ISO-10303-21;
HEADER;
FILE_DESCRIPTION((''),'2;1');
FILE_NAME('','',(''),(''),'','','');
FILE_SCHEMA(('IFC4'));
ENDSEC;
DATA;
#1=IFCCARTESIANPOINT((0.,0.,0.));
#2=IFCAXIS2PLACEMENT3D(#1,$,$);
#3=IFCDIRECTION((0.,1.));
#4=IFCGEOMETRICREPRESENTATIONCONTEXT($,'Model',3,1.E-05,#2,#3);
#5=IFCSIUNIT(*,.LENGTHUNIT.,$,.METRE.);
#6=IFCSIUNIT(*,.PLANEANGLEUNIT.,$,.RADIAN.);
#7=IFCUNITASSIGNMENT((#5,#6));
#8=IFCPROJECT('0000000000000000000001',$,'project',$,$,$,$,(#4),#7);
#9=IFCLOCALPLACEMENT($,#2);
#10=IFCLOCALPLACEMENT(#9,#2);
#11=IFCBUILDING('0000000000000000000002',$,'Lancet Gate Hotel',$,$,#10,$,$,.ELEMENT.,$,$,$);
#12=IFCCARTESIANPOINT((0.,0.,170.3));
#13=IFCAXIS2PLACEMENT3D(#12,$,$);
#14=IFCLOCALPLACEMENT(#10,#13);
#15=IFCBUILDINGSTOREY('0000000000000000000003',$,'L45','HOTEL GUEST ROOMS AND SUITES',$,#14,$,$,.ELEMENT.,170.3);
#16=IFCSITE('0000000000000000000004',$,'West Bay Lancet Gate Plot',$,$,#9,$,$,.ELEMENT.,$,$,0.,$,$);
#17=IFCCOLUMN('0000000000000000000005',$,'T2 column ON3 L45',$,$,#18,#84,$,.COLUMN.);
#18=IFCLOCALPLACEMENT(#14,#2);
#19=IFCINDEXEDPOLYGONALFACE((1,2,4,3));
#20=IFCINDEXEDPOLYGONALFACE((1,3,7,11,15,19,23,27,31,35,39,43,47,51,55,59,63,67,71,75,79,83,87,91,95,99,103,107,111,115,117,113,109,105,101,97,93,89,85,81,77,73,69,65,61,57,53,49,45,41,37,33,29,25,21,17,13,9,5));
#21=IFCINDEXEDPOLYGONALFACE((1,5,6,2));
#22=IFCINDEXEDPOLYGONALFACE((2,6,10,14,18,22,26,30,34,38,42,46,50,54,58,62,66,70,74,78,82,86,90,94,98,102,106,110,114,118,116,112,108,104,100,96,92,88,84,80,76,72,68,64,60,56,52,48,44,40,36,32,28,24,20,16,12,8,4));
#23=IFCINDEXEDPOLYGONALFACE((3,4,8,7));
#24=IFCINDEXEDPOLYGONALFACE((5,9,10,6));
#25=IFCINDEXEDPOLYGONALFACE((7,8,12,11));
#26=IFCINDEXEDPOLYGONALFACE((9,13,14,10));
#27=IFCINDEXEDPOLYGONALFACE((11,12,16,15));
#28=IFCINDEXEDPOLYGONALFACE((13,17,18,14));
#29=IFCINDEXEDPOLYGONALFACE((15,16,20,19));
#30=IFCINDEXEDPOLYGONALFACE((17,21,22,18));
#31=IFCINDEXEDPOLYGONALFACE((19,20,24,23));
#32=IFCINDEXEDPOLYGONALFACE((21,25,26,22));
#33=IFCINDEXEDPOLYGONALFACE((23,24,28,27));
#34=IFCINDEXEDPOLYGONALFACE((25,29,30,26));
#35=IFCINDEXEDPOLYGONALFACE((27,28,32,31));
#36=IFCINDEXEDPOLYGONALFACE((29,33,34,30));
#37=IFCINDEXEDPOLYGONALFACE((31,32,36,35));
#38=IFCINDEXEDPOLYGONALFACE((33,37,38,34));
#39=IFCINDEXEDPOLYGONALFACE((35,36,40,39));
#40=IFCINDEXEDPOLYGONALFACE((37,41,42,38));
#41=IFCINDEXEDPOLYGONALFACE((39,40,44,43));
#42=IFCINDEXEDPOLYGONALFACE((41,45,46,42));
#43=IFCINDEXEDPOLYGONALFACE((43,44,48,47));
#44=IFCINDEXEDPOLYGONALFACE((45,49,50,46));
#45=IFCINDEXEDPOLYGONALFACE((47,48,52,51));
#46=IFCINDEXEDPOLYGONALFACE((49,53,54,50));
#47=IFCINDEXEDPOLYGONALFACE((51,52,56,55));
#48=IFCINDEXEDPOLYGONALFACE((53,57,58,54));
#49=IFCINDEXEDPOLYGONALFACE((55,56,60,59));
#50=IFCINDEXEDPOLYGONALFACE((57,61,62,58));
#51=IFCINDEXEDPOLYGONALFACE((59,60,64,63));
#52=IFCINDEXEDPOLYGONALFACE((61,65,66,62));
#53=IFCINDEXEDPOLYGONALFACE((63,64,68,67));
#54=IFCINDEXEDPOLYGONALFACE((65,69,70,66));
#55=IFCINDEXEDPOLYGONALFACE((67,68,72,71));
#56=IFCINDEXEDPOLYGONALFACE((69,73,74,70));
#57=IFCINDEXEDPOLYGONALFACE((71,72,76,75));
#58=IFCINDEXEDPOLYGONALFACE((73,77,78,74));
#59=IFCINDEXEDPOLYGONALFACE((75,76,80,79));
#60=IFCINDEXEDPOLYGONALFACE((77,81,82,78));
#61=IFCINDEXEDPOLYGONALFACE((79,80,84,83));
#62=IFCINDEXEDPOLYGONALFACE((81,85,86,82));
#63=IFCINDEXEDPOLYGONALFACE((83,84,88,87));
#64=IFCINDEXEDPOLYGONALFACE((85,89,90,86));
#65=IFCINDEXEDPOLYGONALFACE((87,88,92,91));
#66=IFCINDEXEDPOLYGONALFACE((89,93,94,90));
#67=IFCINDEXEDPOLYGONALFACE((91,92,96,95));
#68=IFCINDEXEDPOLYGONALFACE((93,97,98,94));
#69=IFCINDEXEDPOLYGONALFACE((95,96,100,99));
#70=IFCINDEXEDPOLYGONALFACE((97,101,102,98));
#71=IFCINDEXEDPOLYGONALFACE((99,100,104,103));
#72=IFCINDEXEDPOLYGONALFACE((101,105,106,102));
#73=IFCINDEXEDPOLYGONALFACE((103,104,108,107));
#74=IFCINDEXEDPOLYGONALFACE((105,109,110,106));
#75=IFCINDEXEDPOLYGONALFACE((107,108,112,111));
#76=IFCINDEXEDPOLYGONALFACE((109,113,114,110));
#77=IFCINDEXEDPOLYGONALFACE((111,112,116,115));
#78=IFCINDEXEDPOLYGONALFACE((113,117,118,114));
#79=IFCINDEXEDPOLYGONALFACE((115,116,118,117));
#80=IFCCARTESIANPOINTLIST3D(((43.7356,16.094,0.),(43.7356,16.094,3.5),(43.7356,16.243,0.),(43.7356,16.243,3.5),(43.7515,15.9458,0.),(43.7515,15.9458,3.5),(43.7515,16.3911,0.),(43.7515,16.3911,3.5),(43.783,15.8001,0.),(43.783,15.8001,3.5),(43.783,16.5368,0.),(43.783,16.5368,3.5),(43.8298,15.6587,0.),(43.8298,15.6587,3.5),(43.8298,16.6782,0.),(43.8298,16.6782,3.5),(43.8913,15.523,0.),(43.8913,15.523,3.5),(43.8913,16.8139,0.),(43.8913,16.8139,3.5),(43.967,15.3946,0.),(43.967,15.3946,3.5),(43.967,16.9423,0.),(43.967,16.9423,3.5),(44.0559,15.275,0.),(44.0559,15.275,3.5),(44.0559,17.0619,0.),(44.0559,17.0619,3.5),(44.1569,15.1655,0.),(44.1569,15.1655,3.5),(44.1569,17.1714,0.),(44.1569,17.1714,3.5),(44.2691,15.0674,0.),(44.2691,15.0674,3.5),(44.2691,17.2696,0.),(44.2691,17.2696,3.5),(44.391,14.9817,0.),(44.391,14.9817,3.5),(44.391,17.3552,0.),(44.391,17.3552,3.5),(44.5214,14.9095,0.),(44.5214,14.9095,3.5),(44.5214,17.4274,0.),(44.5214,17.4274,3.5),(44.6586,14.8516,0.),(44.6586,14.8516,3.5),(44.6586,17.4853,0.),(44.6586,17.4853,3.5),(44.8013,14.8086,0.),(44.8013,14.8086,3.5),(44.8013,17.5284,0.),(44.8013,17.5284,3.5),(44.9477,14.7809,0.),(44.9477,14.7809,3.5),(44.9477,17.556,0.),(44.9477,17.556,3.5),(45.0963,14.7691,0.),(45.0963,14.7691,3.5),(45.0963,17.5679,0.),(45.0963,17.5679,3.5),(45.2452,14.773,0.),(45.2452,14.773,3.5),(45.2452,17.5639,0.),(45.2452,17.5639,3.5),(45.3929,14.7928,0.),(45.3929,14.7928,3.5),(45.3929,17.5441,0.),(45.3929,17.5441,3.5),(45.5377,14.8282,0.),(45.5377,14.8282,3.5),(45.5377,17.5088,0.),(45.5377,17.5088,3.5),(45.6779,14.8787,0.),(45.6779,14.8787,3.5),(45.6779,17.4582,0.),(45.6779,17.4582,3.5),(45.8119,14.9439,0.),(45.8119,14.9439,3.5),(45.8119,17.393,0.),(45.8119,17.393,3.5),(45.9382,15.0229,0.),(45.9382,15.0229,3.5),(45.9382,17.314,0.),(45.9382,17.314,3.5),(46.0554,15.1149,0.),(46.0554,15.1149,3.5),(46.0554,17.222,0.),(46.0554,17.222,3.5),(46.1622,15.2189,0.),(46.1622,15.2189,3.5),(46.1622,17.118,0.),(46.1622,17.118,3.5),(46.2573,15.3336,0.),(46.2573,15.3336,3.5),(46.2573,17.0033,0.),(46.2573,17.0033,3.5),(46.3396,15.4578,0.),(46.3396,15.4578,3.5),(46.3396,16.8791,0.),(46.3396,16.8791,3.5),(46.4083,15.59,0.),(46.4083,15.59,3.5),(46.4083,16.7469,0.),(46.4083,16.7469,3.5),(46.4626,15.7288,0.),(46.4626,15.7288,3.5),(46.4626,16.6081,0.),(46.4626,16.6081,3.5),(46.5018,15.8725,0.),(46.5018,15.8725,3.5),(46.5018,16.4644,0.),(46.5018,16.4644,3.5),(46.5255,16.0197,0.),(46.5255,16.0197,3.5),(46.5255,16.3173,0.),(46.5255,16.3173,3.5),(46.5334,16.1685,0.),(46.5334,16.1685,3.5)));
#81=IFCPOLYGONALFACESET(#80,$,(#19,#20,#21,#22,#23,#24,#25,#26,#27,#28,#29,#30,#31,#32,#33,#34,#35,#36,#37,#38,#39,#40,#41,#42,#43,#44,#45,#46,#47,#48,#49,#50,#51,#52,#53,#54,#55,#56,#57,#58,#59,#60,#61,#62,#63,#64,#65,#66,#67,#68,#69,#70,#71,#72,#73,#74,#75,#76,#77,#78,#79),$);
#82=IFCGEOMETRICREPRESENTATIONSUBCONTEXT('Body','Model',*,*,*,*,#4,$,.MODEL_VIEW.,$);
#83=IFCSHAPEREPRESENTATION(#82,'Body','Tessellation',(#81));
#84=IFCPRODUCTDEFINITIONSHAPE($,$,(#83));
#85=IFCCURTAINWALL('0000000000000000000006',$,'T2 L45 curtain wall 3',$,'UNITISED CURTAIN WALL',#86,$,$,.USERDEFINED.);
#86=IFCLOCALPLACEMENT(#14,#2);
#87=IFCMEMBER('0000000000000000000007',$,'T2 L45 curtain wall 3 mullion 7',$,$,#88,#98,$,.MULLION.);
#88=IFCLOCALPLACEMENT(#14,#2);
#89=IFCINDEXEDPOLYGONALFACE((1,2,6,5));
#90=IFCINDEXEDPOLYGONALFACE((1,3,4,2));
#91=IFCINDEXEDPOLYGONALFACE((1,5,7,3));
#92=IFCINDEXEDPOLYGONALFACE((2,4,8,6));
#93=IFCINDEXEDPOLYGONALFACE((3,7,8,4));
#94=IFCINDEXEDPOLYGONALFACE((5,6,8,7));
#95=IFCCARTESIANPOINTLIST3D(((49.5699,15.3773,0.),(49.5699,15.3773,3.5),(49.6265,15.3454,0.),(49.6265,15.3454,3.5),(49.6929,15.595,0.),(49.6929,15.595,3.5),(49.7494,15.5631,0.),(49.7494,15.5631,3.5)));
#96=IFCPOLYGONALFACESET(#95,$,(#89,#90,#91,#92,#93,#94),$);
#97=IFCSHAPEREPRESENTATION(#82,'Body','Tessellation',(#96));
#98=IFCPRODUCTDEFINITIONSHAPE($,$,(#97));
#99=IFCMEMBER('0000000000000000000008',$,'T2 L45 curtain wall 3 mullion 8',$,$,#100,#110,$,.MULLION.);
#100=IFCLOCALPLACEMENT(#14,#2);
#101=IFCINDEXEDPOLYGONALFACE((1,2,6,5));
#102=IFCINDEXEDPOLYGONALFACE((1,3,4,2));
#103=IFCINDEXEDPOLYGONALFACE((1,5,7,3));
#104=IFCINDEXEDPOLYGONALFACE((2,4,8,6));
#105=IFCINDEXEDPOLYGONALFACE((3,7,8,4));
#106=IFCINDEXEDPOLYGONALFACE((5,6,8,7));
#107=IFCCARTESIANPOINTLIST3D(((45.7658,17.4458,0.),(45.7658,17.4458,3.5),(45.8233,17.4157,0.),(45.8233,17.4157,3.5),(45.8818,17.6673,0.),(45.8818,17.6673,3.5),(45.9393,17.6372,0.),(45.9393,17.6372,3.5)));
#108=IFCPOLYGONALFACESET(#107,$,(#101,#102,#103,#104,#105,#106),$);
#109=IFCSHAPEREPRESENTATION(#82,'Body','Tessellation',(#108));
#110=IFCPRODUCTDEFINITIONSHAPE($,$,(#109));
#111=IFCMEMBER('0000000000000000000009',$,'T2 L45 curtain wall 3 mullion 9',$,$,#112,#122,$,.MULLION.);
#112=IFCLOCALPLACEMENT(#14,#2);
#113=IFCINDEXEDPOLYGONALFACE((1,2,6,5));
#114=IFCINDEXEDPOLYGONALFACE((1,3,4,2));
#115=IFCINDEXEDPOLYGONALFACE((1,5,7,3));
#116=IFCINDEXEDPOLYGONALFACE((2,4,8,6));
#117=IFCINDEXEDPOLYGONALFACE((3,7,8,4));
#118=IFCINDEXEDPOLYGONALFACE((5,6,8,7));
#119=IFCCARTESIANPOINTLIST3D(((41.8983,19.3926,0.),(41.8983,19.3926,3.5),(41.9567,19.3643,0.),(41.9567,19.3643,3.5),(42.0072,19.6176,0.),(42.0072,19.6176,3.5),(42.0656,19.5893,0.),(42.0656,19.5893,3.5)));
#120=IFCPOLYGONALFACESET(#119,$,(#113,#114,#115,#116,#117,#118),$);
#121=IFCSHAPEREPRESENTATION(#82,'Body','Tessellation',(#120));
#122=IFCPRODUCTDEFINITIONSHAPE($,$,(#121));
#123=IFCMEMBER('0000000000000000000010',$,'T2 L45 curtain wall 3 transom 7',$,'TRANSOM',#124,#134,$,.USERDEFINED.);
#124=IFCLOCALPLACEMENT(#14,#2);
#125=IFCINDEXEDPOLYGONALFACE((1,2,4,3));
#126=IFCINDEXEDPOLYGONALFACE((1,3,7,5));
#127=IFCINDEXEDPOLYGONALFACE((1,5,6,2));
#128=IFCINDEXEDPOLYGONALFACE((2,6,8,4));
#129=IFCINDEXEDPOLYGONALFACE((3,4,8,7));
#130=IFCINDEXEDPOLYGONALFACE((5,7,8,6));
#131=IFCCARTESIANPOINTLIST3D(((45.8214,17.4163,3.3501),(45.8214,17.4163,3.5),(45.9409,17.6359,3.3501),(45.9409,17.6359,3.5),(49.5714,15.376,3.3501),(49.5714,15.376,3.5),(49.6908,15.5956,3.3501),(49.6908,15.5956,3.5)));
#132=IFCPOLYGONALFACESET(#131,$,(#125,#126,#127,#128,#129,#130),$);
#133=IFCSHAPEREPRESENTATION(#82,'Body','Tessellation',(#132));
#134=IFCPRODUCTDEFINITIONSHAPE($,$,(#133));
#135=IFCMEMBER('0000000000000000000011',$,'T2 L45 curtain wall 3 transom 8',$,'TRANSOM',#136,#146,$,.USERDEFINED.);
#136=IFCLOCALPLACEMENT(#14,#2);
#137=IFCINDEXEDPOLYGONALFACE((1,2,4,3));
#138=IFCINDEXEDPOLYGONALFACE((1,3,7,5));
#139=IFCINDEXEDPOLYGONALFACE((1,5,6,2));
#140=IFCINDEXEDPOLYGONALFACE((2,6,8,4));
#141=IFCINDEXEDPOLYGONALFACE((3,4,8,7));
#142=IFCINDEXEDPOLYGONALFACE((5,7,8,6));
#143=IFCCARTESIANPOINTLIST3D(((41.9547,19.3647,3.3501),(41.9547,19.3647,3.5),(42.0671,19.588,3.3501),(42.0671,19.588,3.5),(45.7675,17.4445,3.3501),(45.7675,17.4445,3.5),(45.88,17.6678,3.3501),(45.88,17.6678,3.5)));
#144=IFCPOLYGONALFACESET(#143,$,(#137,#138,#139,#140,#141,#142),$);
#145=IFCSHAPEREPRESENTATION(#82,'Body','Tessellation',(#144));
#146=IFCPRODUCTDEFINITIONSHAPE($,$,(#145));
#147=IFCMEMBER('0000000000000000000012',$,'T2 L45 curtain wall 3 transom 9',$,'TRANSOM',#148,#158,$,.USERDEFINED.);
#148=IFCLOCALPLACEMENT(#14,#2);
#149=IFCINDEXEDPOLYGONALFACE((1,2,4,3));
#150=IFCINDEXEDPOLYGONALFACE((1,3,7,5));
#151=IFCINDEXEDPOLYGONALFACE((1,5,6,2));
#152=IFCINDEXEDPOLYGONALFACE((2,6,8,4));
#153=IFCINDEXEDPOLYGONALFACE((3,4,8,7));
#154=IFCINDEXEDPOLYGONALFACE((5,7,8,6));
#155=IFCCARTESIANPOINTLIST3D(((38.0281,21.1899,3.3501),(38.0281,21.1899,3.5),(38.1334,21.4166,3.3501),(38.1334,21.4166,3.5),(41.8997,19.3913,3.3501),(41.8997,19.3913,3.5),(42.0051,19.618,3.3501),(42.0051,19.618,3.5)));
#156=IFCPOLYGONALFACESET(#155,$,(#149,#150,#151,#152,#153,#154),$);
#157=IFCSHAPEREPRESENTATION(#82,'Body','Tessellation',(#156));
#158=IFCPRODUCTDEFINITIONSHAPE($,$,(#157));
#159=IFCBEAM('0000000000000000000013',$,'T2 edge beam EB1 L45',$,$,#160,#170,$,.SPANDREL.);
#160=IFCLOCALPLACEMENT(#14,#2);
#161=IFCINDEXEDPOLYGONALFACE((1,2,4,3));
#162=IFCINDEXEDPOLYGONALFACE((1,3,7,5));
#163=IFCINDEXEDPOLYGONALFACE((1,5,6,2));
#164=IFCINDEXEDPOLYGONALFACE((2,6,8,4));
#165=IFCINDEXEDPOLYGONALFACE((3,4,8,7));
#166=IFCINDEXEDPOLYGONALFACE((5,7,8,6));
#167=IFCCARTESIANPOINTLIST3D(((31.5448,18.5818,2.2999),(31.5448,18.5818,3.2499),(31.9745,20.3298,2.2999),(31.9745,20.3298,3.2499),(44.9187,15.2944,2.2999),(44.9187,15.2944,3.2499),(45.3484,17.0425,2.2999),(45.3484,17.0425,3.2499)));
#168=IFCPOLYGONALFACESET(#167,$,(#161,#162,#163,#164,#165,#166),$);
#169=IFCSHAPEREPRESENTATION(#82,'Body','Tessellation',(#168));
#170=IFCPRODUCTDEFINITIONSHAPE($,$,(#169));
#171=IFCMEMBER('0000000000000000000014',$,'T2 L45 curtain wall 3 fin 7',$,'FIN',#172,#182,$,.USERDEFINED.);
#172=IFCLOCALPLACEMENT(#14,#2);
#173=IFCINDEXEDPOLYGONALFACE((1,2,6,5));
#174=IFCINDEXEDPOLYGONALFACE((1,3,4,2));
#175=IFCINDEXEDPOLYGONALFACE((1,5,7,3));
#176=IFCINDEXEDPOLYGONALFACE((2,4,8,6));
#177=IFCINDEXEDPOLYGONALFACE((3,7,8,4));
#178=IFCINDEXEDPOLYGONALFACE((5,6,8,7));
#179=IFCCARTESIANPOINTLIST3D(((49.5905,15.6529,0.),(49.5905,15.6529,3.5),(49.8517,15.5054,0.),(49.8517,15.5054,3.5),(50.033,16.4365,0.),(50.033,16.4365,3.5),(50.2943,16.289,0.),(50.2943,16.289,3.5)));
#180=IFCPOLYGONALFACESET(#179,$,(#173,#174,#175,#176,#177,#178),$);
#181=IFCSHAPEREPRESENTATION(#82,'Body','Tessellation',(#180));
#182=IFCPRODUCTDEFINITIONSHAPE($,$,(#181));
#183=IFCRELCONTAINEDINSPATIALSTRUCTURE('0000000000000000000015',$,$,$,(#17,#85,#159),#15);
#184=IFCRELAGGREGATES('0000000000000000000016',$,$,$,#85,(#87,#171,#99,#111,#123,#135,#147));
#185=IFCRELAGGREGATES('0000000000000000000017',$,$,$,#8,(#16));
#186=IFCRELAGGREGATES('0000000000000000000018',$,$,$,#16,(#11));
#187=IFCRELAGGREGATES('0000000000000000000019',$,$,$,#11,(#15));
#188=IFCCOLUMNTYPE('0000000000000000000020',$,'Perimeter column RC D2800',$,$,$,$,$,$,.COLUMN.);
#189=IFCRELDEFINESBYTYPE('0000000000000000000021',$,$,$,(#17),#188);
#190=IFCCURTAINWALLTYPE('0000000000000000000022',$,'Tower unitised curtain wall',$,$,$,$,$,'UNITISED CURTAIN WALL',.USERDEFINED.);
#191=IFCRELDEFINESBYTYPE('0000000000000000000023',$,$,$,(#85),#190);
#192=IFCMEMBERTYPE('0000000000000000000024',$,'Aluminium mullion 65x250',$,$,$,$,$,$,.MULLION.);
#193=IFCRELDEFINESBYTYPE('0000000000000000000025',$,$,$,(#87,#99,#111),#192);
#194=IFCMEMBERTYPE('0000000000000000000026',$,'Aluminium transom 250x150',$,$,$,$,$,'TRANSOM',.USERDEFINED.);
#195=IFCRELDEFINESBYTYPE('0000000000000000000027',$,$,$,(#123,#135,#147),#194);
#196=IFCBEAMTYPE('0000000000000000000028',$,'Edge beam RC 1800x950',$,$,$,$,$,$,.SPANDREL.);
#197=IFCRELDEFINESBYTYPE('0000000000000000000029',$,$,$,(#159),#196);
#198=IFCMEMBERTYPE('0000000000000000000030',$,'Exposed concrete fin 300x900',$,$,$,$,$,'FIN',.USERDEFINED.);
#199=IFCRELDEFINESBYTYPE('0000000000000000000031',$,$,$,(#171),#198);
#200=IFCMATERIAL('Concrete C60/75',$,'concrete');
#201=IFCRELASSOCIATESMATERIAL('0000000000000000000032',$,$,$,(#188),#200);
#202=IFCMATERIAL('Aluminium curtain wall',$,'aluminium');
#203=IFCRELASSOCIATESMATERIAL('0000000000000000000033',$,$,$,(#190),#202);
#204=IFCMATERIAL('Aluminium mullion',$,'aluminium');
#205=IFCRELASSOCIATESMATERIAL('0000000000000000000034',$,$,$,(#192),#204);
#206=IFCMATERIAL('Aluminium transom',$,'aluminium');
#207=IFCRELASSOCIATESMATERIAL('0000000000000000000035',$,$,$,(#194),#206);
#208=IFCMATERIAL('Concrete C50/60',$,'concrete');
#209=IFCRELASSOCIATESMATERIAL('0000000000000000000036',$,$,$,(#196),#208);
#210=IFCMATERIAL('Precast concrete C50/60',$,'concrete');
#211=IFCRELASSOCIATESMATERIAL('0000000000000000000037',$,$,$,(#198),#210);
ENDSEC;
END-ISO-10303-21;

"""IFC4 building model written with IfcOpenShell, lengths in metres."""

from ifc_helpers import new_model, si_unit, direction, frame, origin, origin_2d, place, context, subcontext, project, spatial, rectangle, circle, extrude, material, material_profile, profile_set, type_object, element, aggregate, save


model = new_model("IFC4")

# Units and contexts
model_context = context("Model", 3, precision=1e-05, world=origin(), true_north=direction((0.0, 1.0)))
body_context = subcontext(model_context, "Body", "Model", "MODEL_VIEW")
ifc_project = project(units=[si_unit("LENGTHUNIT", "METRE"), si_unit("PLANEANGLEUNIT", "RADIAN")], contexts=[model_context])

# Site, building, storey
site_placement = place(None, origin())
site = spatial("IfcSite", under=ifc_project, at=site_placement, Name="West Bay Lancet Gate Plot", CompositionType="ELEMENT", RefElevation=0.0)
building_placement = place(site_placement, origin())
building = spatial("IfcBuilding", under=site, at=building_placement, Name="Lancet Gate Hotel", CompositionType="ELEMENT")
storey_placement = place(building_placement, frame((0.0, 0.0, 170.3)))
storey = spatial("IfcBuildingStorey", under=building, at=storey_placement, Name="L45", Description="HOTEL GUEST ROOMS AND SUITES", CompositionType="ELEMENT", Elevation=170.3)

# Column
ifc_material_1 = material(Name="Concrete C60/75", Category="concrete")
ifc_material_profile_1 = material_profile(ifc_material_1, circle(Radius=1.3999, at=origin_2d()), Name="RC D2800")
ifc_profile_set_1 = profile_set([ifc_material_profile_1], Name="Concrete C60/75")
column_type = type_object("IfcColumnType", Name="Perimeter column RC D2800", PredefinedType="COLUMN", material=ifc_profile_set_1)
column_placement = place(storey_placement, frame((45.1335, 16.1685, 0.0), z_axis=(0.0, 0.0, 1.0), x_axis=(1.0, 0.0, 0.0)))
element("IfcColumn", 1, at=column_placement, inside=storey, type_object=column_type, Name="T2 column ON3 L45", PredefinedType="COLUMN", context=body_context, shape_type="SweptSolid", body=[
    extrude(circle(Radius=1.3999, at=origin_2d()), origin(), (0.0, 0.0, 1.0), 3.5),
])

# Curtain wall, members
ifc_material_2 = material(Name="Aluminium curtain wall", Category="aluminium")
curtain_wall_type = type_object("IfcCurtainWallType", Name="Tower unitised curtain wall", ElementType="UNITISED CURTAIN WALL", PredefinedType="USERDEFINED", material=ifc_material_2)
curtain_wall_placement = place(storey_placement, origin())
curtain_wall = element("IfcCurtainWall", 2, at=curtain_wall_placement, inside=storey, type_object=curtain_wall_type, Name="T2 L45 curtain wall 3", ObjectType="UNITISED CURTAIN WALL", PredefinedType="USERDEFINED")
ifc_material_3 = material(Name="Aluminium mullion", Category="aluminium")
ifc_material_profile_2 = material_profile(ifc_material_3, rectangle(XDim=0.0649, YDim=0.25, at=origin_2d()), Name="MULLION 65x250")
ifc_profile_set_2 = profile_set([ifc_material_profile_2], Name="Aluminium mullion")
member_type_1 = type_object("IfcMemberType", Name="Aluminium mullion 65x250", PredefinedType="MULLION", material=ifc_profile_set_2)
member_1_placement = place(storey_placement, frame((49.6597, 15.4702, 0.0), z_axis=(0.0, 0.0, 1.0), x_axis=(-0.870722, 0.491776, 0.0)))
member_1 = element("IfcMember", 3, at=member_1_placement, type_object=member_type_1, Name="T2 L45 curtain wall 3 mullion 7", PredefinedType="MULLION", context=body_context, shape_type="SweptSolid", body=[
    extrude(rectangle(XDim=0.0649, YDim=0.25, at=origin_2d()), origin(), (0.0, 0.0, 1.0), 3.5),
])
member_2_placement = place(storey_placement, frame((45.8525, 17.5415, 0.0), z_axis=(0.0, 0.0, 1.0), x_axis=(-0.885877, 0.46392, 0.0)))
member_2 = element("IfcMember", 4, at=member_2_placement, type_object=member_type_1, Name="T2 L45 curtain wall 3 mullion 8", PredefinedType="MULLION", context=body_context, shape_type="SweptSolid", body=[
    extrude(rectangle(XDim=0.0649, YDim=0.25, at=origin_2d()), origin(), (0.0, 0.0, 1.0), 3.5),
])
member_3_placement = place(storey_placement, frame((41.9819, 19.491, 0.0), z_axis=(0.0, 0.0, 1.0), x_axis=(-0.900141, 0.435598, 0.0)))
member_3 = element("IfcMember", 5, at=member_3_placement, type_object=member_type_1, Name="T2 L45 curtain wall 3 mullion 9", PredefinedType="MULLION", context=body_context, shape_type="SweptSolid", body=[
    extrude(rectangle(XDim=0.0649, YDim=0.25, at=origin_2d()), origin(), (0.0, 0.0, 1.0), 3.5),
])
ifc_material_4 = material(Name="Aluminium transom", Category="aluminium")
ifc_material_profile_3 = material_profile(ifc_material_4, rectangle(XDim=0.25, YDim=0.1499, at=origin_2d()), Name="TRANSOM 250x150")
ifc_profile_set_3 = profile_set([ifc_material_profile_3], Name="Aluminium transom")
member_type_2 = type_object("IfcMemberType", Name="Aluminium transom 250x150", ElementType="TRANSOM", PredefinedType="USERDEFINED", material=ifc_profile_set_3)
member_4_placement = place(storey_placement, frame((49.6311, 15.4858, 3.425), z_axis=(-0.878404, 0.477918, 0.0), x_axis=(-0.477918, -0.878404, 0.0)))
member_4 = element("IfcMember", 6, at=member_4_placement, type_object=member_type_2, Name="T2 L45 curtain wall 3 transom 7", ObjectType="TRANSOM", PredefinedType="USERDEFINED", context=body_context, shape_type="SweptSolid", body=[
    extrude(rectangle(XDim=0.25, YDim=0.1499, at=origin_2d()), origin(), (0.0, 0.0, 1.0), 4.269),
])
member_5_placement = place(storey_placement, frame((45.8237, 17.5562, 3.425), z_axis=(-0.893131, 0.449797, 0.0), x_axis=(-0.449797, -0.893131, 0.0)))
member_5 = element("IfcMember", 7, at=member_5_placement, type_object=member_type_2, Name="T2 L45 curtain wall 3 transom 8", ObjectType="TRANSOM", PredefinedType="USERDEFINED", context=body_context, shape_type="SweptSolid", body=[
    extrude(rectangle(XDim=0.25, YDim=0.1499, at=origin_2d()), origin(), (0.0, 0.0, 1.0), 4.269),
])
member_6_placement = place(storey_placement, frame((41.9524, 19.5046, 3.425), z_axis=(-0.906914, 0.421316, 0.0), x_axis=(-0.421316, -0.906914, 0.0)))
member_6 = element("IfcMember", 8, at=member_6_placement, type_object=member_type_2, Name="T2 L45 curtain wall 3 transom 9", ObjectType="TRANSOM", PredefinedType="USERDEFINED", context=body_context, shape_type="SweptSolid", body=[
    extrude(rectangle(XDim=0.25, YDim=0.1499, at=origin_2d()), origin(), (0.0, 0.0, 1.0), 4.269),
])

# Beam
ifc_material_5 = material(Name="Concrete C50/60", Category="concrete")
ifc_material_profile_4 = material_profile(ifc_material_5, rectangle(XDim=1.8, YDim=0.95, at=origin_2d()), Name="RC 1800x950")
ifc_profile_set_4 = profile_set([ifc_material_profile_4], Name="Concrete C50/60")
beam_type_1 = type_object("IfcBeamType", Name="Edge beam RC 1800x950", PredefinedType="SPANDREL", material=ifc_profile_set_4)
beam_1_placement = place(storey_placement, frame((45.1335, 16.1685, 2.7749), z_axis=(-0.971093, 0.2387, 0.0), x_axis=(-0.2387, -0.971093, 0.0)))
element("IfcBeam", 9, at=beam_1_placement, inside=storey, type_object=beam_type_1, Name="T2 edge beam EB1 L45", PredefinedType="SPANDREL", context=body_context, shape_type="SweptSolid", body=[
    extrude(rectangle(XDim=1.8, YDim=0.95, at=origin_2d()), origin(), (0.0, 0.0, 1.0), 13.772),
])

# Member
ifc_material_6 = material(Name="Precast concrete C50/60", Category="concrete")
ifc_material_profile_5 = material_profile(ifc_material_6, rectangle(XDim=0.3, YDim=0.8999, at=origin_2d()), Name="FIN 300x900")
ifc_profile_set_5 = profile_set([ifc_material_profile_5], Name="Precast concrete C50/60")
member_type_3 = type_object("IfcMemberType", Name="Exposed concrete fin 300x900", ElementType="FIN", PredefinedType="USERDEFINED", material=ifc_profile_set_5)
member_7_placement = place(storey_placement, frame((49.9424, 15.9709, 0.0), z_axis=(0.0, 0.0, 1.0), x_axis=(-0.870722, 0.491776, 0.0)))
member_7 = element("IfcMember", 10, at=member_7_placement, type_object=member_type_3, Name="T2 L45 curtain wall 3 fin 7", ObjectType="FIN", PredefinedType="USERDEFINED", context=body_context, shape_type="SweptSolid", body=[
    extrude(rectangle(XDim=0.3, YDim=0.8999, at=origin_2d()), origin(), (0.0, 0.0, 1.0), 3.5),
])

aggregate(curtain_wall, [member_1, member_7, member_2, member_3, member_4, member_5, member_6])

save(model, "model.ifc")
